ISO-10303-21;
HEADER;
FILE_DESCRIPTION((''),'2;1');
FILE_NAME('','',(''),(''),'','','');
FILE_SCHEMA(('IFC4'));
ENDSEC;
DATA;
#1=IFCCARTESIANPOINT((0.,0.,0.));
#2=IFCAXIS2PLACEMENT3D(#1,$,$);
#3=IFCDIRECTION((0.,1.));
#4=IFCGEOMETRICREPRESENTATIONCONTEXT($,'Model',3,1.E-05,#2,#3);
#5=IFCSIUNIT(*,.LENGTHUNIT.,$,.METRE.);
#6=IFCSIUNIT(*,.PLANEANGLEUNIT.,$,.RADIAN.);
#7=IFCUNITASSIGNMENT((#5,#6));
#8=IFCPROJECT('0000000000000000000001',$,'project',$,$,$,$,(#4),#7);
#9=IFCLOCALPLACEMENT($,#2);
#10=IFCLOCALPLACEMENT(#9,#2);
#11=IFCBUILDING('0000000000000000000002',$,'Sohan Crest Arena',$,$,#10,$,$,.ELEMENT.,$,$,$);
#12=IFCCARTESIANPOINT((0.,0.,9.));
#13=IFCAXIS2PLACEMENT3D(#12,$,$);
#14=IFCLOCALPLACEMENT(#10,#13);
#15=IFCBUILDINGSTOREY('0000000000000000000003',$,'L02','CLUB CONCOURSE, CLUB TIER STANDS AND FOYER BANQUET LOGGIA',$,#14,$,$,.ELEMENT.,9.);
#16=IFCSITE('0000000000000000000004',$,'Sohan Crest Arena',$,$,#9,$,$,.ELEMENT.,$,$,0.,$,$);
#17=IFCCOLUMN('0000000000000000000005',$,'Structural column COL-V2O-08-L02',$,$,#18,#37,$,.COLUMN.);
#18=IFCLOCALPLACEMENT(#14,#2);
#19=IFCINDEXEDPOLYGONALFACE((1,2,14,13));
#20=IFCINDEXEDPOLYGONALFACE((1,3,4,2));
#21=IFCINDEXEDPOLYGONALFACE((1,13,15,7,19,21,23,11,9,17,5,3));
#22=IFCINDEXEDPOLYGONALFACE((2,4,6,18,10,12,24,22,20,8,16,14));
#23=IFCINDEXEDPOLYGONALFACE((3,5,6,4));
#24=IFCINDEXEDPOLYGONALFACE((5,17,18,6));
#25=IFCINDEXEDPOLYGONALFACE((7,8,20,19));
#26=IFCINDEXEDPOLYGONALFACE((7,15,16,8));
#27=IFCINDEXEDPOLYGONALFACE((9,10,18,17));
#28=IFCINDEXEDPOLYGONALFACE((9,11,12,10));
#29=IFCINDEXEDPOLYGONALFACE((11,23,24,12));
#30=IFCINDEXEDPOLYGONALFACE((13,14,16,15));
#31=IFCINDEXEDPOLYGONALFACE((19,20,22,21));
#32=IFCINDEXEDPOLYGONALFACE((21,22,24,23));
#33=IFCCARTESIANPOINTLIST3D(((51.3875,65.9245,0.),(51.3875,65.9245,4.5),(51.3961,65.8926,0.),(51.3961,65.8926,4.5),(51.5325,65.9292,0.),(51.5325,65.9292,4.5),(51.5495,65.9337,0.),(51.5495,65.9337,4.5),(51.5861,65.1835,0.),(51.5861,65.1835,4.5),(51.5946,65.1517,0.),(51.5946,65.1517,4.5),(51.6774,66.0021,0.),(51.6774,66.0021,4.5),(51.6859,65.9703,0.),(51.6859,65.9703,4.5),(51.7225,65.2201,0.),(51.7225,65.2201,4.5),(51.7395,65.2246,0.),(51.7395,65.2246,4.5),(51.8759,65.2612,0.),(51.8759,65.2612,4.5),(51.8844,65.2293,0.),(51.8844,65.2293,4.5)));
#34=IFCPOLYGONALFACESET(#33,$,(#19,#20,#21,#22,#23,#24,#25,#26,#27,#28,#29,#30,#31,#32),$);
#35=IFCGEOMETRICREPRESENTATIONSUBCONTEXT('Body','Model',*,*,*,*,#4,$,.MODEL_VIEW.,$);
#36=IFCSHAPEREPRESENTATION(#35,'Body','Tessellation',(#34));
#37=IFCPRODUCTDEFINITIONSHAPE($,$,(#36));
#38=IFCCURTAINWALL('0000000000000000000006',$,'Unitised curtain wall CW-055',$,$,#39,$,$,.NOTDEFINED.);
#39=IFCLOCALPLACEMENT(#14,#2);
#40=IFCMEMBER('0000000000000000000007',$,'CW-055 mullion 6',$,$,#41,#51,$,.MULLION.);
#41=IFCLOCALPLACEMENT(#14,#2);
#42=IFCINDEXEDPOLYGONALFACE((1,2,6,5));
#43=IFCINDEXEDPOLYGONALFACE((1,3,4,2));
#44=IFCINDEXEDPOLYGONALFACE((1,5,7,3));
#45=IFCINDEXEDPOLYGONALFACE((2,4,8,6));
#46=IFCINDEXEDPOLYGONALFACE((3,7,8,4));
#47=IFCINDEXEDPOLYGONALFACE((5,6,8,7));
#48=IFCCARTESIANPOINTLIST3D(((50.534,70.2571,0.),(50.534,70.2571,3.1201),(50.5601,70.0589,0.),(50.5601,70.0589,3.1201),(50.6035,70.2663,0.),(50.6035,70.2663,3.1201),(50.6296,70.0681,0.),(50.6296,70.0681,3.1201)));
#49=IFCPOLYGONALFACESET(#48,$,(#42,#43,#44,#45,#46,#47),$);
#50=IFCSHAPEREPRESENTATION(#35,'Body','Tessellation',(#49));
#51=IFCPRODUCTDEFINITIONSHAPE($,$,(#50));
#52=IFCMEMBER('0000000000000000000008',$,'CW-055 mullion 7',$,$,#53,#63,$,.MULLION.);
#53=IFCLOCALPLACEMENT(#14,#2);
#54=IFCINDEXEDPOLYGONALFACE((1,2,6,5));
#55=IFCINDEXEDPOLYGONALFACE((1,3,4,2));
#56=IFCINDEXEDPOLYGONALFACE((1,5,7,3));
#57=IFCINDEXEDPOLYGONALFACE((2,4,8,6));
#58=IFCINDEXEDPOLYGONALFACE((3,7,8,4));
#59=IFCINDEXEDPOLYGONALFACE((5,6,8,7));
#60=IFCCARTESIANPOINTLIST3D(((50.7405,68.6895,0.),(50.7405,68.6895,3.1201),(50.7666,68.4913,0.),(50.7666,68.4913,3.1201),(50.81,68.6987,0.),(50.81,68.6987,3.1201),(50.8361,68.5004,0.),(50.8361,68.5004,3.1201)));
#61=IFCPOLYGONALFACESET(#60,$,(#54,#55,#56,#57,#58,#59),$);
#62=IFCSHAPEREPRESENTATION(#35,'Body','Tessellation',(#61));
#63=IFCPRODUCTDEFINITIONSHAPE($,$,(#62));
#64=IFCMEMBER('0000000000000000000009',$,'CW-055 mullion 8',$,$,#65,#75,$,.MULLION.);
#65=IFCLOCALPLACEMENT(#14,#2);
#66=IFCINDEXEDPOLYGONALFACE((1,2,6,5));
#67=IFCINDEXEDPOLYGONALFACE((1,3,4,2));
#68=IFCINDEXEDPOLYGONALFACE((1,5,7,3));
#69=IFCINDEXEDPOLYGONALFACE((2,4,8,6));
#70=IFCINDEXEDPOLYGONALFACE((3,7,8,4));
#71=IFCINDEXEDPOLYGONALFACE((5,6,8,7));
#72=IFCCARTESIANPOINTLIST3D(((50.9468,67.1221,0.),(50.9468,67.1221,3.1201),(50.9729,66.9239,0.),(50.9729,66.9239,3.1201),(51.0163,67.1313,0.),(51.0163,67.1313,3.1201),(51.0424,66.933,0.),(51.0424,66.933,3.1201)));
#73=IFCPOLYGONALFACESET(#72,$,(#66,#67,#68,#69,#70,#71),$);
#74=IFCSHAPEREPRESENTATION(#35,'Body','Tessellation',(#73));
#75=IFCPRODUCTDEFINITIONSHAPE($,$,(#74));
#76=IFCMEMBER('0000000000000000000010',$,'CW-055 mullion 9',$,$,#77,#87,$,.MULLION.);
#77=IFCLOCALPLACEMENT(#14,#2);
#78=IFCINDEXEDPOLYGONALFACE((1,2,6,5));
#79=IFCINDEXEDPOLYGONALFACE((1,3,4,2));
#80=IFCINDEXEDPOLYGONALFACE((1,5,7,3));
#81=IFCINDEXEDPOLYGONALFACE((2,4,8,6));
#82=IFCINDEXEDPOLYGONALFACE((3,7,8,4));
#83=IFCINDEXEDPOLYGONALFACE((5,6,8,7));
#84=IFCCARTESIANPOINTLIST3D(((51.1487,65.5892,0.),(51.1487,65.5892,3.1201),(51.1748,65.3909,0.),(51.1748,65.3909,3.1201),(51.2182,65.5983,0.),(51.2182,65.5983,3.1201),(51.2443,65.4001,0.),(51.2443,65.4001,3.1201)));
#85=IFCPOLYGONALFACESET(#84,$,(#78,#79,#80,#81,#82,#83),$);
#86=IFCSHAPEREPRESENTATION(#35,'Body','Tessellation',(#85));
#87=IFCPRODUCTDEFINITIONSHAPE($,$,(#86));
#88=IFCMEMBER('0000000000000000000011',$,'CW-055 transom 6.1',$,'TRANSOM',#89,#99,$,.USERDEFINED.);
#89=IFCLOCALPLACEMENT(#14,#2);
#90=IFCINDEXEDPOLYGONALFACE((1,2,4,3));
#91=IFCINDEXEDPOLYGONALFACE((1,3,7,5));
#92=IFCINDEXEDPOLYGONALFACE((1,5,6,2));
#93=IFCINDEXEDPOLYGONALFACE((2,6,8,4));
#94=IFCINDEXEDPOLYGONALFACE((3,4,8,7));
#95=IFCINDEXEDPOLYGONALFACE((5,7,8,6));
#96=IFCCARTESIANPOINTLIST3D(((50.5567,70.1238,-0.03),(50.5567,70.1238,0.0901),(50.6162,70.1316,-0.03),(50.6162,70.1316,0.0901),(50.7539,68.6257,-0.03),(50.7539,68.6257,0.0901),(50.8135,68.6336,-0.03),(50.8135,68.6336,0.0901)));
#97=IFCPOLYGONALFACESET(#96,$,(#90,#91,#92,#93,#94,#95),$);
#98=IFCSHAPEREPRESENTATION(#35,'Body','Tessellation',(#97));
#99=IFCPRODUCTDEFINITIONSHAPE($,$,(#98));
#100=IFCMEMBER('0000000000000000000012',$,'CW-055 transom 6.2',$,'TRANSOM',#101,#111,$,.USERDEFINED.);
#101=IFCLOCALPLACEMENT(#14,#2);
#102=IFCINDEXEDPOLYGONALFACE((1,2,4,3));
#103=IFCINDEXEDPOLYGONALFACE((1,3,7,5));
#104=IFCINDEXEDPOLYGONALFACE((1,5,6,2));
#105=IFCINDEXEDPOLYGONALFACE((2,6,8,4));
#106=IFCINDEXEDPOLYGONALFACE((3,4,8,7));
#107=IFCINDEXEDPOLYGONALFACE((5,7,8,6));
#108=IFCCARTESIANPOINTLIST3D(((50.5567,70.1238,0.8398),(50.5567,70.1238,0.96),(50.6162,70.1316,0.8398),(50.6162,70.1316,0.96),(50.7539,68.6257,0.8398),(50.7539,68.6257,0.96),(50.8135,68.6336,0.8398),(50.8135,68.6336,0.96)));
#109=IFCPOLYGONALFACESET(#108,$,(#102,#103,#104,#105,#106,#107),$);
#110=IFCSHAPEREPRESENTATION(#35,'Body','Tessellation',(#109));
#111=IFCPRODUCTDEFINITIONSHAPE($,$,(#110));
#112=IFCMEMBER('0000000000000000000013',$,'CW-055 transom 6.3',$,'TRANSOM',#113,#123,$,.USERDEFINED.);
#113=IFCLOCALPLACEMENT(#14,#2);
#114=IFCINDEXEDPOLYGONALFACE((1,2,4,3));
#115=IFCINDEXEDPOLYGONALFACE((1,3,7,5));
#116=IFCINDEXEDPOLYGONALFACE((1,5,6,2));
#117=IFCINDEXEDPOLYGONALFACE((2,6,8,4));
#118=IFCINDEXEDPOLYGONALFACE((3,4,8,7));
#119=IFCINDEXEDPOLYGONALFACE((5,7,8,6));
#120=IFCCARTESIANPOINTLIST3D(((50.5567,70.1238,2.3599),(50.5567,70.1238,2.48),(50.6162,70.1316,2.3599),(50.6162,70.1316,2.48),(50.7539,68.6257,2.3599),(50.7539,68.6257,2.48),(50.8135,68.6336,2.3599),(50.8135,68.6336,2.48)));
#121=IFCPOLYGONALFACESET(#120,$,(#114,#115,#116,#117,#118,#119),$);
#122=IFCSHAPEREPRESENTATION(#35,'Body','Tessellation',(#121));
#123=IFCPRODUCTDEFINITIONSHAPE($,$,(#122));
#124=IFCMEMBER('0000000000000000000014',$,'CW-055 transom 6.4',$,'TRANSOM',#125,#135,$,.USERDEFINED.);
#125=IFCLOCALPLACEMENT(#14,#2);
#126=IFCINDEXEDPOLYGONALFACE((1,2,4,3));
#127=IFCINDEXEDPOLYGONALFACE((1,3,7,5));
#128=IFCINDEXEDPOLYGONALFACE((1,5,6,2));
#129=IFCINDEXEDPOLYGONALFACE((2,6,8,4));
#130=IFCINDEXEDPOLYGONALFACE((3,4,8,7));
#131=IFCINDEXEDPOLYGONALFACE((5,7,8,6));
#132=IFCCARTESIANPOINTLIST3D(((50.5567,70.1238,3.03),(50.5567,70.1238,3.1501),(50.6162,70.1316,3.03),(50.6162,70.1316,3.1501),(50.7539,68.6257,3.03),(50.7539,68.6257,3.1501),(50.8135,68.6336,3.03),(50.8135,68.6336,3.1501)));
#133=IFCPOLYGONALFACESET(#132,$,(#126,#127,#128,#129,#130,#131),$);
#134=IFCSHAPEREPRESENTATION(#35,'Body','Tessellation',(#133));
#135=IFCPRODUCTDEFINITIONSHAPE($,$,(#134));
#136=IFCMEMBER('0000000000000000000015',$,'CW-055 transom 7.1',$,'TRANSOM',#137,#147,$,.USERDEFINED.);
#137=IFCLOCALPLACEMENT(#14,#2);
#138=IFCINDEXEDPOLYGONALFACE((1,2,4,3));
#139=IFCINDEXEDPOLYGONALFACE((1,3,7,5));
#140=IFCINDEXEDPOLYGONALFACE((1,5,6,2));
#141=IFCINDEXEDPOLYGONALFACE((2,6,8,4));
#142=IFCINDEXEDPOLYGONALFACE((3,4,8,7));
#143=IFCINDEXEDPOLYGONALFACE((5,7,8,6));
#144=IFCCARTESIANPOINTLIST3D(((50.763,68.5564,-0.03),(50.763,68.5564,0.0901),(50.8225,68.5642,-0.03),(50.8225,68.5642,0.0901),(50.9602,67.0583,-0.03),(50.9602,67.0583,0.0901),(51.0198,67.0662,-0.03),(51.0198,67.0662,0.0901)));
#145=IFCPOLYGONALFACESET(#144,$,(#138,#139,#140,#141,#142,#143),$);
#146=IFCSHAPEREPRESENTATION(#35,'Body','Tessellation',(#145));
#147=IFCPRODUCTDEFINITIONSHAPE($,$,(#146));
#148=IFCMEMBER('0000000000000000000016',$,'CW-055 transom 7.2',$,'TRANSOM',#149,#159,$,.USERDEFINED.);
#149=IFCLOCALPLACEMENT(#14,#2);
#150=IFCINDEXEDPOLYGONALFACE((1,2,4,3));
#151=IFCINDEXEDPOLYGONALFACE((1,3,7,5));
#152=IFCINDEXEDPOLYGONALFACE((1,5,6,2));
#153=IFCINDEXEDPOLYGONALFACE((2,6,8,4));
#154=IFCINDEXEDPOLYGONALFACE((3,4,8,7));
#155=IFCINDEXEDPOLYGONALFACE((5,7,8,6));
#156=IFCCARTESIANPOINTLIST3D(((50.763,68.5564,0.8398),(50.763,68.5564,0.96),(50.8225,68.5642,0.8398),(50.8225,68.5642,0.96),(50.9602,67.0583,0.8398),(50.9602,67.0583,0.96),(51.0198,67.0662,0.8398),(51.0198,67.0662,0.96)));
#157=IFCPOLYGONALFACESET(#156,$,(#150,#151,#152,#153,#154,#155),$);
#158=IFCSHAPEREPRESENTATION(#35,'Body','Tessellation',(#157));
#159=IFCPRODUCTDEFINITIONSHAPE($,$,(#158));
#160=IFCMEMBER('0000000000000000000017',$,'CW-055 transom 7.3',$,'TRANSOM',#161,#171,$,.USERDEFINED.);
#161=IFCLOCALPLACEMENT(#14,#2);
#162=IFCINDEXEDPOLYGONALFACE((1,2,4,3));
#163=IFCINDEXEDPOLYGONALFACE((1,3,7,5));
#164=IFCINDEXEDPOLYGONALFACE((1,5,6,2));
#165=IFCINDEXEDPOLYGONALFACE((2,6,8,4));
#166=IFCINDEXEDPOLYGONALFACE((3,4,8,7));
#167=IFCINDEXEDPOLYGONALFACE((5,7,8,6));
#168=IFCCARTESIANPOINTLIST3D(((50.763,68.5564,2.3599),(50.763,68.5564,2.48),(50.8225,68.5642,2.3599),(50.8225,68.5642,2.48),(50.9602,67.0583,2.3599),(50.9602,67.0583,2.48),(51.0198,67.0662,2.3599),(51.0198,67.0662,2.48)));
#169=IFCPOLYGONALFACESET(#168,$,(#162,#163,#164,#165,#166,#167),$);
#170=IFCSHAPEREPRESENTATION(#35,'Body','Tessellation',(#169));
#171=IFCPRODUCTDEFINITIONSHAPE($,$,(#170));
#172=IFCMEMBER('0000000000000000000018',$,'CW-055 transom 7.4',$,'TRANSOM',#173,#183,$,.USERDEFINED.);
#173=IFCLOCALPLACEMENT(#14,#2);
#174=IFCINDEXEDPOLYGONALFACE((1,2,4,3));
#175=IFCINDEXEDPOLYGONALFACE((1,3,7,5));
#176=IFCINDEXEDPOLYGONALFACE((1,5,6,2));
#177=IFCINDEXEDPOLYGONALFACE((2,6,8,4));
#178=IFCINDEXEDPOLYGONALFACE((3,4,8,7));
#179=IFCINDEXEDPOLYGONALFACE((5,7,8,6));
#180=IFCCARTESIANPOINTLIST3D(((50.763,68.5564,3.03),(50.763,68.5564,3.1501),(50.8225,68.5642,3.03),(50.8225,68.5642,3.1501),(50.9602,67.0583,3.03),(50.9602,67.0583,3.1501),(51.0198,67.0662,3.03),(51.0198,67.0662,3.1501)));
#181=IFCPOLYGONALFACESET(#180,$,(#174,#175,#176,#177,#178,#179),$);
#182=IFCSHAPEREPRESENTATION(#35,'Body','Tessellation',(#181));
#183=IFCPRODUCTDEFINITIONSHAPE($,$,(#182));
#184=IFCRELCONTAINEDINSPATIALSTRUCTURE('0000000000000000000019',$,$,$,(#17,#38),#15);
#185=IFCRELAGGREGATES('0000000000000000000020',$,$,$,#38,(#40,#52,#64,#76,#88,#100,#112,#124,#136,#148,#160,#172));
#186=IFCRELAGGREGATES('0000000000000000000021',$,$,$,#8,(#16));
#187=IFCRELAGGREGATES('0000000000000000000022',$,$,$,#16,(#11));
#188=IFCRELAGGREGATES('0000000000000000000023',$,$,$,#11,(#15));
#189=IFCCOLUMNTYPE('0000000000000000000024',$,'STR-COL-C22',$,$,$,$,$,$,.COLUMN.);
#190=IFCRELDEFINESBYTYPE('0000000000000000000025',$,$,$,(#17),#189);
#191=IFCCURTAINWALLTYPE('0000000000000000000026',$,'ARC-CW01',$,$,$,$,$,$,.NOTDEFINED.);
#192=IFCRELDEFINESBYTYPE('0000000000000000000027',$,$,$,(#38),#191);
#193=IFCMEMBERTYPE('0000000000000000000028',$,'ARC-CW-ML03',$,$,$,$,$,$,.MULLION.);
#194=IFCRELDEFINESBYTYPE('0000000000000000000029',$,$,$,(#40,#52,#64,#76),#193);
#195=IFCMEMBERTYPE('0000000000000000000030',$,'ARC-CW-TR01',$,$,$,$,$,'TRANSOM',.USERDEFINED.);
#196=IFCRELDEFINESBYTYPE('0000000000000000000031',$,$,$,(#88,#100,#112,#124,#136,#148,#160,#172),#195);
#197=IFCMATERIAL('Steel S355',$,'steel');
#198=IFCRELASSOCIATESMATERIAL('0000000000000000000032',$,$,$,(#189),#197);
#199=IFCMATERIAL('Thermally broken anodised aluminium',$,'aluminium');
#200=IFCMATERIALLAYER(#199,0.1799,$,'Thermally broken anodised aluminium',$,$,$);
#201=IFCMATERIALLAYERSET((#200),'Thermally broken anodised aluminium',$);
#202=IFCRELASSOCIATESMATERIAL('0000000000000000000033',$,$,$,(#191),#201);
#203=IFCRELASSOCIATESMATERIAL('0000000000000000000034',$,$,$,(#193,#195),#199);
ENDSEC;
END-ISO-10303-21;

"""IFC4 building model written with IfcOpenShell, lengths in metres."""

from ifc_helpers import new_model, si_unit, direction, frame, origin, origin_2d, place, context, subcontext, project, spatial, rectangle, i_section, extrude, material, layer, layer_set, material_profile, profile_set, type_object, element, aggregate, save


model = new_model("IFC4")

# Units and contexts
model_context = context("Model", 3, precision=1e-05, world=origin(), true_north=direction((0.0, 1.0)))
body_context = subcontext(model_context, "Body", "Model", "MODEL_VIEW")
ifc_project = project(units=[si_unit("LENGTHUNIT", "METRE"), si_unit("PLANEANGLEUNIT", "RADIAN")], contexts=[model_context])

# Site, building, storey
site_placement = place(None, origin())
site = spatial("IfcSite", under=ifc_project, at=site_placement, Name="Sohan Crest Arena", CompositionType="ELEMENT", RefElevation=0.0)
building_placement = place(site_placement, origin())
building = spatial("IfcBuilding", under=site, at=building_placement, Name="Sohan Crest Arena", CompositionType="ELEMENT")
storey_placement = place(building_placement, frame((0.0, 0.0, 9.0)))
storey = spatial("IfcBuildingStorey", under=building, at=storey_placement, Name="L02", Description="CLUB CONCOURSE, CLUB TIER STANDS AND FOYER BANQUET LOGGIA", CompositionType="ELEMENT", Elevation=9.0)

# Column
ifc_material_1 = material(Name="Steel S355", Category="steel")
ifc_material_profile_1 = material_profile(ifc_material_1, i_section(OverallWidth=0.3, OverallDepth=0.8, WebThickness=0.0176, FlangeThickness=0.033, at=origin_2d()), Name="HEB 800")
ifc_profile_set_1 = profile_set([ifc_material_profile_1], Name="Steel S355")
column_type = type_object("IfcColumnType", Name="STR-COL-C22", PredefinedType="COLUMN", material=ifc_profile_set_1)
column_placement = place(storey_placement, frame((51.636, 65.5769, 0.0), z_axis=(0.0, 0.0, 1.0), x_axis=(0.965926, 0.258819, 0.0)))
element("IfcColumn", 1, at=column_placement, inside=storey, type_object=column_type, Name="Structural column COL-V2O-08-L02", PredefinedType="COLUMN", context=body_context, shape_type="SweptSolid", body=[
    extrude(i_section(OverallWidth=0.3, OverallDepth=0.8, WebThickness=0.0176, FlangeThickness=0.033, at=origin_2d()), origin(), (0.0, 0.0, 1.0), 4.5),
])

# Curtain wall, members
ifc_material_2 = material(Name="Thermally broken anodised aluminium", Category="aluminium")
ifc_layer_1 = layer(ifc_material_2, 0.1799, Name="Thermally broken anodised aluminium")
ifc_layer_set_1 = layer_set([ifc_layer_1], Name="Thermally broken anodised aluminium")
curtain_wall_type = type_object("IfcCurtainWallType", Name="ARC-CW01", PredefinedType="NOTDEFINED", material=ifc_layer_set_1)
curtain_wall_placement = place(storey_placement, origin())
curtain_wall = element("IfcCurtainWall", 2, at=curtain_wall_placement, inside=storey, type_object=curtain_wall_type, Name="Unitised curtain wall CW-055", PredefinedType="NOTDEFINED")
ifc_material_profile_2 = material_profile(ifc_material_2, rectangle(XDim=0.0701, YDim=0.2, at=origin_2d()), Name="ALU-MULL 70x200")
ifc_profile_set_2 = profile_set([ifc_material_profile_2], Name="Thermally broken anodised aluminium")
member_type_1 = type_object("IfcMemberType", Name="ARC-CW-ML03", PredefinedType="MULLION", material=ifc_profile_set_2)
member_1_placement = place(storey_placement, frame((50.5818, 70.1626, 0.0), z_axis=(0.0, 0.0, 1.0), x_axis=(0.991444, 0.130532, 0.0)))
member_1 = element("IfcMember", 3, at=member_1_placement, type_object=member_type_1, Name="CW-055 mullion 6", PredefinedType="MULLION", context=body_context, shape_type="SweptSolid", body=[
    extrude(rectangle(XDim=0.0701, YDim=0.2, at=origin_2d()), origin(), (0.0, 0.0, 1.0), 3.1201),
])
member_2_placement = place(storey_placement, frame((50.7883, 68.595, 0.0), z_axis=(0.0, 0.0, 1.0), x_axis=(0.991444, 0.130532, 0.0)))
member_2 = element("IfcMember", 4, at=member_2_placement, type_object=member_type_1, Name="CW-055 mullion 7", PredefinedType="MULLION", context=body_context, shape_type="SweptSolid", body=[
    extrude(rectangle(XDim=0.0701, YDim=0.2, at=origin_2d()), origin(), (0.0, 0.0, 1.0), 3.1201),
])
member_3_placement = place(storey_placement, frame((50.9946, 67.0276, 0.0), z_axis=(0.0, 0.0, 1.0), x_axis=(0.991444, 0.130532, 0.0)))
member_3 = element("IfcMember", 5, at=member_3_placement, type_object=member_type_1, Name="CW-055 mullion 8", PredefinedType="MULLION", context=body_context, shape_type="SweptSolid", body=[
    extrude(rectangle(XDim=0.0701, YDim=0.2, at=origin_2d()), origin(), (0.0, 0.0, 1.0), 3.1201),
])
member_4_placement = place(storey_placement, frame((51.1965, 65.4946, 0.0), z_axis=(0.0, 0.0, 1.0), x_axis=(0.991444, 0.130532, 0.0)))
member_4 = element("IfcMember", 6, at=member_4_placement, type_object=member_type_1, Name="CW-055 mullion 9", PredefinedType="MULLION", context=body_context, shape_type="SweptSolid", body=[
    extrude(rectangle(XDim=0.0701, YDim=0.2, at=origin_2d()), origin(), (0.0, 0.0, 1.0), 3.1201),
])
ifc_material_profile_3 = material_profile(ifc_material_2, rectangle(XDim=0.0601, YDim=0.1201, at=origin_2d()), Name="ALU-TRAN 60x120")
ifc_profile_set_3 = profile_set([ifc_material_profile_3], Name="Thermally broken anodised aluminium")
member_type_2 = type_object("IfcMemberType", Name="ARC-CW-TR01", ElementType="TRANSOM", PredefinedType="USERDEFINED", material=ifc_profile_set_3)
member_5_placement = place(storey_placement, frame((50.5864, 70.1277, 0.03), z_axis=(0.130555, -0.991441, 0.0), x_axis=(0.991441, 0.130555, 0.0)))
member_5 = element("IfcMember", 7, at=member_5_placement, type_object=member_type_2, Name="CW-055 transom 6.1", ObjectType="TRANSOM", PredefinedType="USERDEFINED", context=body_context, shape_type="SweptSolid", body=[
    extrude(rectangle(XDim=0.0601, YDim=0.1201, at=origin_2d()), origin(), (0.0, 0.0, 1.0), 1.511),
])
member_6_placement = place(storey_placement, frame((50.5864, 70.1277, 0.8999), z_axis=(0.130555, -0.991441, 0.0), x_axis=(0.991441, 0.130555, 0.0)))
member_6 = element("IfcMember", 8, at=member_6_placement, type_object=member_type_2, Name="CW-055 transom 6.2", ObjectType="TRANSOM", PredefinedType="USERDEFINED", context=body_context, shape_type="SweptSolid", body=[
    extrude(rectangle(XDim=0.0601, YDim=0.1201, at=origin_2d()), origin(), (0.0, 0.0, 1.0), 1.511),
])
member_7_placement = place(storey_placement, frame((50.5864, 70.1277, 2.4199), z_axis=(0.130555, -0.991441, 0.0), x_axis=(0.991441, 0.130555, 0.0)))
member_7 = element("IfcMember", 9, at=member_7_placement, type_object=member_type_2, Name="CW-055 transom 6.3", ObjectType="TRANSOM", PredefinedType="USERDEFINED", context=body_context, shape_type="SweptSolid", body=[
    extrude(rectangle(XDim=0.0601, YDim=0.1201, at=origin_2d()), origin(), (0.0, 0.0, 1.0), 1.511),
])
member_8_placement = place(storey_placement, frame((50.5864, 70.1277, 3.0901), z_axis=(0.130555, -0.991441, 0.0), x_axis=(0.991441, 0.130555, 0.0)))
member_8 = element("IfcMember", 10, at=member_8_placement, type_object=member_type_2, Name="CW-055 transom 6.4", ObjectType="TRANSOM", PredefinedType="USERDEFINED", context=body_context, shape_type="SweptSolid", body=[
    extrude(rectangle(XDim=0.0601, YDim=0.1201, at=origin_2d()), origin(), (0.0, 0.0, 1.0), 1.511),
])
member_9_placement = place(storey_placement, frame((50.7927, 68.5603, 0.03), z_axis=(0.130555, -0.991441, 0.0), x_axis=(0.991441, 0.130555, 0.0)))
member_9 = element("IfcMember", 11, at=member_9_placement, type_object=member_type_2, Name="CW-055 transom 7.1", ObjectType="TRANSOM", PredefinedType="USERDEFINED", context=body_context, shape_type="SweptSolid", body=[
    extrude(rectangle(XDim=0.0601, YDim=0.1201, at=origin_2d()), origin(), (0.0, 0.0, 1.0), 1.511),
])
member_10_placement = place(storey_placement, frame((50.7927, 68.5603, 0.8999), z_axis=(0.130555, -0.991441, 0.0), x_axis=(0.991441, 0.130555, 0.0)))
member_10 = element("IfcMember", 12, at=member_10_placement, type_object=member_type_2, Name="CW-055 transom 7.2", ObjectType="TRANSOM", PredefinedType="USERDEFINED", context=body_context, shape_type="SweptSolid", body=[
    extrude(rectangle(XDim=0.0601, YDim=0.1201, at=origin_2d()), origin(), (0.0, 0.0, 1.0), 1.511),
])
member_11_placement = place(storey_placement, frame((50.7927, 68.5603, 2.4199), z_axis=(0.130555, -0.991441, 0.0), x_axis=(0.991441, 0.130555, 0.0)))
member_11 = element("IfcMember", 13, at=member_11_placement, type_object=member_type_2, Name="CW-055 transom 7.3", ObjectType="TRANSOM", PredefinedType="USERDEFINED", context=body_context, shape_type="SweptSolid", body=[
    extrude(rectangle(XDim=0.0601, YDim=0.1201, at=origin_2d()), origin(), (0.0, 0.0, 1.0), 1.511),
])
member_12_placement = place(storey_placement, frame((50.7927, 68.5603, 3.0901), z_axis=(0.130555, -0.991441, 0.0), x_axis=(0.991441, 0.130555, 0.0)))
member_12 = element("IfcMember", 14, at=member_12_placement, type_object=member_type_2, Name="CW-055 transom 7.4", ObjectType="TRANSOM", PredefinedType="USERDEFINED", context=body_context, shape_type="SweptSolid", body=[
    extrude(rectangle(XDim=0.0601, YDim=0.1201, at=origin_2d()), origin(), (0.0, 0.0, 1.0), 1.511),
])

aggregate(curtain_wall, [member_1, member_2, member_3, member_4, member_5, member_6, member_7, member_8, member_9, member_10, member_11, member_12])

save(model, "model.ifc")
